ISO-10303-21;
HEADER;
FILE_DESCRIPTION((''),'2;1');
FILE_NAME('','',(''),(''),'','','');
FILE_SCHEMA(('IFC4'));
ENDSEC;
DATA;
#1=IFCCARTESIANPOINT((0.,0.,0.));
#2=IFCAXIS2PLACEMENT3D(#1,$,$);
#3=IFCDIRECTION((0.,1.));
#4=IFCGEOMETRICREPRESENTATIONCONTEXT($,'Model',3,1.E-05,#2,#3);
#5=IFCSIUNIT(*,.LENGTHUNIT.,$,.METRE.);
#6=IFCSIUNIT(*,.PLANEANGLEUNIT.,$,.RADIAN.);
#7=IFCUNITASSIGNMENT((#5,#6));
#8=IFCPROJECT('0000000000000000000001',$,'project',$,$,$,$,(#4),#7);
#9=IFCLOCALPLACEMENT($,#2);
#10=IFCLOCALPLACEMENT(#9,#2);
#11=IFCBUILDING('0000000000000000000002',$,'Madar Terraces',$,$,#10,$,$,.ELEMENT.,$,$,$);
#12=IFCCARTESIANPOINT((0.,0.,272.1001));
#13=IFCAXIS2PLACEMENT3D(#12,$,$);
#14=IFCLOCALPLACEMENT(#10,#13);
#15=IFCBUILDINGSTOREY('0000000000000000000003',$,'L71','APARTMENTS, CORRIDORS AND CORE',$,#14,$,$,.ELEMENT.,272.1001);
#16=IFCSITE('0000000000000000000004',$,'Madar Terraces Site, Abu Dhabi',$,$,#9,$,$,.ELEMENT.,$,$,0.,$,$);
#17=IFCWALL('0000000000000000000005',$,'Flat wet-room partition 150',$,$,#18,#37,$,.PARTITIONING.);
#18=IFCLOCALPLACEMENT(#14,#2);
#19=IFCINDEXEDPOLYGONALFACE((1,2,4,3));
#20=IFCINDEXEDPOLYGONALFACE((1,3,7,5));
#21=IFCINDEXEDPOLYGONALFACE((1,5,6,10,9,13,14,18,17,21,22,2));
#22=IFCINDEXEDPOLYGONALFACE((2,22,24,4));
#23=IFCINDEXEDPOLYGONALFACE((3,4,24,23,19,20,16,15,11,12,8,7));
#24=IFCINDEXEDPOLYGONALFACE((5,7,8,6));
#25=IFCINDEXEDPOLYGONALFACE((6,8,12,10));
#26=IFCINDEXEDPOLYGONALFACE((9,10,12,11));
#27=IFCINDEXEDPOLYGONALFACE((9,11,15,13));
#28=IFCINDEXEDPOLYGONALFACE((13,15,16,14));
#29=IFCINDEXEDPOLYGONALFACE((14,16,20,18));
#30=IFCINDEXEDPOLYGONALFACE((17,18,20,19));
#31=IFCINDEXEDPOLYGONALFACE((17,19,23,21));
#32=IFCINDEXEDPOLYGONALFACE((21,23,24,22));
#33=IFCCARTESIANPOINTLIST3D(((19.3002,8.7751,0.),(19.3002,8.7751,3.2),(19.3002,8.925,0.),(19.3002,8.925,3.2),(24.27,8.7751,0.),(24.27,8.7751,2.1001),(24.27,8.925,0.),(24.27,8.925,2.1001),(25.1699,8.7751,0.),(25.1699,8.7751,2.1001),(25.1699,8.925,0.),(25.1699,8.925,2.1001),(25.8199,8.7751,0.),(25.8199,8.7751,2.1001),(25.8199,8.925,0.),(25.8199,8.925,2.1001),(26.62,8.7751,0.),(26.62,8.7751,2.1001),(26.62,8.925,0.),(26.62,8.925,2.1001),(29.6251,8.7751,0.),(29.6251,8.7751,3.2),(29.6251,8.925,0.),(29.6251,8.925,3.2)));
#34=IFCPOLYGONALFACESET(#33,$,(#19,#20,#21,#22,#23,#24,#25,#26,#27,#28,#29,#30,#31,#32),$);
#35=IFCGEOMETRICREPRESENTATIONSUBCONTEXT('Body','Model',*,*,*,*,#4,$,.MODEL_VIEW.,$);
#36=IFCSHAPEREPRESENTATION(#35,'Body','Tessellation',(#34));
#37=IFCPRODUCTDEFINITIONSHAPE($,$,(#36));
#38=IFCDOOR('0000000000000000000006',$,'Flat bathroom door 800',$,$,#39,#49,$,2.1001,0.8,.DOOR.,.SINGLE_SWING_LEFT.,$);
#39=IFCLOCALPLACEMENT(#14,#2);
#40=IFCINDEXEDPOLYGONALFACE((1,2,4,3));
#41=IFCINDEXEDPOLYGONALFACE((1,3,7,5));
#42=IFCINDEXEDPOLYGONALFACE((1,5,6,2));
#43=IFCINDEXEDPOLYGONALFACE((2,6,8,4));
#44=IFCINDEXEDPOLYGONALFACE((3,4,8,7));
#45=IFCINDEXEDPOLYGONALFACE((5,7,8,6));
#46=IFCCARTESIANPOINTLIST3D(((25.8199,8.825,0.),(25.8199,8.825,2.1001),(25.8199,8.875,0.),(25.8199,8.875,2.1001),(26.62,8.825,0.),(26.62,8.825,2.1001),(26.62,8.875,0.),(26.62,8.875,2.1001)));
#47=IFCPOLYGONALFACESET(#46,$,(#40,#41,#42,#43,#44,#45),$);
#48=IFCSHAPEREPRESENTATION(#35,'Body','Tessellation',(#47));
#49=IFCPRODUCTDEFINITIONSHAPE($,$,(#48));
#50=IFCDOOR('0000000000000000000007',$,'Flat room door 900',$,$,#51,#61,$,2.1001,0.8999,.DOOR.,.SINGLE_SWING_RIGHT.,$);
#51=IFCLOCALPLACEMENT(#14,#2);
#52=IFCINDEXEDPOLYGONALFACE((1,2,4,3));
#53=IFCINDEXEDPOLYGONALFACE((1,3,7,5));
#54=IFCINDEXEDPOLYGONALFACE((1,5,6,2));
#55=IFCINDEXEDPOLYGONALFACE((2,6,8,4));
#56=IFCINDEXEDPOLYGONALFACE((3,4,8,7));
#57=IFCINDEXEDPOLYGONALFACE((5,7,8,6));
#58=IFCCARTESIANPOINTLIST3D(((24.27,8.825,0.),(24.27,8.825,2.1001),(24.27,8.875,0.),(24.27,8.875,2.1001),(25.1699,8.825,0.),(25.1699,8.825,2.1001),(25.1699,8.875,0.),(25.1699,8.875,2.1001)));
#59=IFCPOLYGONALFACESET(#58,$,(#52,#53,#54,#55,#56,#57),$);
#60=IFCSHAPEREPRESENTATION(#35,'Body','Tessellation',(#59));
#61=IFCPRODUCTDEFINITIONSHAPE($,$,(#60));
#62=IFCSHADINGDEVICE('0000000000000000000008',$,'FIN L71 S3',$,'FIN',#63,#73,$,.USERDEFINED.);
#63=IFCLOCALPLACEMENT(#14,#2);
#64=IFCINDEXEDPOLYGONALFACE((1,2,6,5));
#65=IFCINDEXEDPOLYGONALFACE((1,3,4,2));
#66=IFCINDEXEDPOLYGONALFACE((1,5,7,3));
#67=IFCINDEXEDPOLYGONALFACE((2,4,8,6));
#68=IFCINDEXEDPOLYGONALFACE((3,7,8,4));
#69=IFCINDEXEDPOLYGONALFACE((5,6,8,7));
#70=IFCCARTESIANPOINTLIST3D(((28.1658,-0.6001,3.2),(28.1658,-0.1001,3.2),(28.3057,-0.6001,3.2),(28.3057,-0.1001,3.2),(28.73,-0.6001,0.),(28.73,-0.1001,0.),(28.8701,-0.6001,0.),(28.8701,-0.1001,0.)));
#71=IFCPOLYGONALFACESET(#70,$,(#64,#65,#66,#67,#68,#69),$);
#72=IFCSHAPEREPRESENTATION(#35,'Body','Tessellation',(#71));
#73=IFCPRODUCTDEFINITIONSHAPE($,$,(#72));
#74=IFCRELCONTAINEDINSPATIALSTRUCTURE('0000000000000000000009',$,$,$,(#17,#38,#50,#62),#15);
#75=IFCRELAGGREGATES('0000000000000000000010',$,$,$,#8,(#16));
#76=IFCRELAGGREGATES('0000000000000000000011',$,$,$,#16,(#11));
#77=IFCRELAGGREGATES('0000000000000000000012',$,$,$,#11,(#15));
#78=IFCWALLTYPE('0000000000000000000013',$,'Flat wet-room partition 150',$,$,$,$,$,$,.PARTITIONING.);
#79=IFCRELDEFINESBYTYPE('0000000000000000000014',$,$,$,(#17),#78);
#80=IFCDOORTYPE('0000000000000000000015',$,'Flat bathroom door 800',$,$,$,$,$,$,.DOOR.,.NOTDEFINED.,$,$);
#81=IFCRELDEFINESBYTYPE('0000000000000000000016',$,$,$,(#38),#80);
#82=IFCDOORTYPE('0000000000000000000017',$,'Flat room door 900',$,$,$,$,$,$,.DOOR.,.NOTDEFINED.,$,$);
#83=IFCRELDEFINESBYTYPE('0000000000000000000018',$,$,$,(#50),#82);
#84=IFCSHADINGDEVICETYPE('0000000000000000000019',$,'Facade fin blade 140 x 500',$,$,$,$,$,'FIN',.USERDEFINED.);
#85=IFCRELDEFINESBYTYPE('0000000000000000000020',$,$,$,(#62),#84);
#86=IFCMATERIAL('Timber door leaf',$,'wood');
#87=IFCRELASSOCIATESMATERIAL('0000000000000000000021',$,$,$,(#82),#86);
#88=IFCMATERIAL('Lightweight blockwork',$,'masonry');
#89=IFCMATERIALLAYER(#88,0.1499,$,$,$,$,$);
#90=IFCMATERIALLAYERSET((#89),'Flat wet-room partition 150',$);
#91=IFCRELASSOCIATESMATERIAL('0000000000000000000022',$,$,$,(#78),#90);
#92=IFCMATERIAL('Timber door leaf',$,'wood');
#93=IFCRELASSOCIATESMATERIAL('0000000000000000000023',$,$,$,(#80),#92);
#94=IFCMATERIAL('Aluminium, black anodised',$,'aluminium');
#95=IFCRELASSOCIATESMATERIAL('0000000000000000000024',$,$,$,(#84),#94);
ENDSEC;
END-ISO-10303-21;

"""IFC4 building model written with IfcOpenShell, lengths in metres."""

from ifc_helpers import new_model, si_unit, direction, frame, frame_2d, origin, place, context, subcontext, project, spatial, polyline, rectangle, outline, extrude, material, layer, layer_set, type_object, element, fill, save


model = new_model("IFC4")

# Units and contexts
model_context = context("Model", 3, precision=1e-05, world=origin(), true_north=direction((0.0, 1.0)))
body_context = subcontext(model_context, "Body", "Model", "MODEL_VIEW")
ifc_project = project(units=[si_unit("LENGTHUNIT", "METRE"), si_unit("PLANEANGLEUNIT", "RADIAN")], contexts=[model_context])

# Site, building, storey
site_placement = place(None, origin())
site = spatial("IfcSite", under=ifc_project, at=site_placement, Name="Madar Terraces Site, Abu Dhabi", CompositionType="ELEMENT", RefElevation=0.0)
building_placement = place(site_placement, origin())
building = spatial("IfcBuilding", under=site, at=building_placement, Name="Madar Terraces", CompositionType="ELEMENT")
storey_placement = place(building_placement, frame((0.0, 0.0, 272.1001)))
storey = spatial("IfcBuildingStorey", under=building, at=storey_placement, Name="L71", Description="APARTMENTS, CORRIDORS AND CORE", CompositionType="ELEMENT", Elevation=272.1001)

# Wall, openings, doors
ifc_material_1 = material(Name="Timber door leaf", Category="wood")
door_type_1 = type_object("IfcDoorType", Name="Flat room door 900", OperationType="NOTDEFINED", PredefinedType="DOOR", material=ifc_material_1)
ifc_material_2 = material(Name="Lightweight blockwork", Category="masonry")
ifc_layer_1 = layer(ifc_material_2, 0.1499)
ifc_layer_set_1 = layer_set([ifc_layer_1], Name="Flat wet-room partition 150")
wall_type_1 = type_object("IfcWallType", Name="Flat wet-room partition 150", PredefinedType="PARTITIONING", material=ifc_layer_set_1)
wall_1_placement = place(storey_placement, frame((19.3, 8.8501, 0.0), z_axis=(0.0, 0.0, 1.0), x_axis=(1.0, 0.0, 0.0)))
wall_1 = element("IfcWall", 1, at=wall_1_placement, inside=storey, type_object=wall_type_1, Name="Flat wet-room partition 150", PredefinedType="PARTITIONING", context=body_context, shape_type="SweptSolid", body=[
    extrude(rectangle(XDim=10.325, YDim=0.1499, at=frame_2d((5.1626, 0.0))), origin(), (0.0, 0.0, 1.0), 3.2),
])
opening_1_placement = place(wall_1_placement, frame((6.52, 0.0, 0.0)))
opening_1 = element("IfcOpeningElement", 2, at=opening_1_placement, cuts=wall_1, PredefinedType="OPENING", context=body_context, shape_type="SweptSolid", body=[
    extrude(rectangle(XDim=0.8, YDim=2.1001, at=frame_2d((0.3999, 1.05))), frame((0.0, 0.085, 0.0), z_axis=(0.0, -1.0, 0.0), x_axis=(1.0, 0.0, 0.0)), (0.0, 0.0, 1.0), 0.1699),
])
opening_2_placement = place(wall_1_placement, frame((4.97, 0.0, 0.0)))
opening_2 = element("IfcOpeningElement", 3, at=opening_2_placement, cuts=wall_1, PredefinedType="OPENING", context=body_context, shape_type="SweptSolid", body=[
    extrude(rectangle(XDim=0.8999, YDim=2.1001, at=frame_2d((0.45, 1.05))), frame((0.0, 0.085, 0.0), z_axis=(0.0, -1.0, 0.0), x_axis=(1.0, 0.0, 0.0)), (0.0, 0.0, 1.0), 0.1699),
])
ifc_material_3 = material(Name="Timber door leaf", Category="wood")
door_type_2 = type_object("IfcDoorType", Name="Flat bathroom door 800", OperationType="NOTDEFINED", PredefinedType="DOOR", material=ifc_material_3)
door_1_placement = place(opening_1_placement, origin())
door_1 = element("IfcDoor", 4, at=door_1_placement, inside=storey, type_object=door_type_2, Name="Flat bathroom door 800", OperationType="SINGLE_SWING_LEFT", OverallHeight=2.1001, OverallWidth=0.8, PredefinedType="DOOR", context=body_context, shape_type="SweptSolid", body=[
    extrude(rectangle(XDim=0.8, YDim=2.1001, at=frame_2d((0.3999, 1.05))), frame((0.0, 0.0249, 0.0), z_axis=(0.0, -1.0, 0.0), x_axis=(1.0, 0.0, 0.0)), (0.0, 0.0, 1.0), 0.05),
])
fill(opening_1, door_1)
door_2_placement = place(opening_2_placement, origin())
door_2 = element("IfcDoor", 5, at=door_2_placement, inside=storey, type_object=door_type_1, Name="Flat room door 900", OperationType="SINGLE_SWING_RIGHT", OverallHeight=2.1001, OverallWidth=0.8999, PredefinedType="DOOR", context=body_context, shape_type="SweptSolid", body=[
    extrude(rectangle(XDim=0.8999, YDim=2.1001, at=frame_2d((0.45, 1.05))), frame((0.0, 0.0249, 0.0), z_axis=(0.0, -1.0, 0.0), x_axis=(1.0, 0.0, 0.0)), (0.0, 0.0, 1.0), 0.05),
])
fill(opening_2, door_2)

# Shading device
ifc_material_4 = material(Name="Aluminium, black anodised", Category="aluminium")
shading_device_type = type_object("IfcShadingDeviceType", Name="Facade fin blade 140 x 500", ElementType="FIN", PredefinedType="USERDEFINED", material=ifc_material_4)
shading_device_placement = place(storey_placement, frame((28.73, -0.3501, 0.0), z_axis=(0.0, 0.0, 1.0), x_axis=(1.0, 0.0, 0.0)))
element("IfcShadingDevice", 6, at=shading_device_placement, inside=storey, type_object=shading_device_type, Name="FIN L71 S3", ObjectType="FIN", PredefinedType="USERDEFINED", context=body_context, shape_type="SweptSolid", body=[
    extrude(outline(polyline([(0.0, 0.0), (0.1401, 0.0), (-0.4243, 3.2), (-0.5642, 3.2), (0.0, 0.0)])), frame((0.0, 0.25, 0.0), z_axis=(0.0, -1.0, 0.0), x_axis=(1.0, 0.0, 0.0)), (0.0, 0.0, 1.0), 0.5),
])

save(model, "model.ifc")
